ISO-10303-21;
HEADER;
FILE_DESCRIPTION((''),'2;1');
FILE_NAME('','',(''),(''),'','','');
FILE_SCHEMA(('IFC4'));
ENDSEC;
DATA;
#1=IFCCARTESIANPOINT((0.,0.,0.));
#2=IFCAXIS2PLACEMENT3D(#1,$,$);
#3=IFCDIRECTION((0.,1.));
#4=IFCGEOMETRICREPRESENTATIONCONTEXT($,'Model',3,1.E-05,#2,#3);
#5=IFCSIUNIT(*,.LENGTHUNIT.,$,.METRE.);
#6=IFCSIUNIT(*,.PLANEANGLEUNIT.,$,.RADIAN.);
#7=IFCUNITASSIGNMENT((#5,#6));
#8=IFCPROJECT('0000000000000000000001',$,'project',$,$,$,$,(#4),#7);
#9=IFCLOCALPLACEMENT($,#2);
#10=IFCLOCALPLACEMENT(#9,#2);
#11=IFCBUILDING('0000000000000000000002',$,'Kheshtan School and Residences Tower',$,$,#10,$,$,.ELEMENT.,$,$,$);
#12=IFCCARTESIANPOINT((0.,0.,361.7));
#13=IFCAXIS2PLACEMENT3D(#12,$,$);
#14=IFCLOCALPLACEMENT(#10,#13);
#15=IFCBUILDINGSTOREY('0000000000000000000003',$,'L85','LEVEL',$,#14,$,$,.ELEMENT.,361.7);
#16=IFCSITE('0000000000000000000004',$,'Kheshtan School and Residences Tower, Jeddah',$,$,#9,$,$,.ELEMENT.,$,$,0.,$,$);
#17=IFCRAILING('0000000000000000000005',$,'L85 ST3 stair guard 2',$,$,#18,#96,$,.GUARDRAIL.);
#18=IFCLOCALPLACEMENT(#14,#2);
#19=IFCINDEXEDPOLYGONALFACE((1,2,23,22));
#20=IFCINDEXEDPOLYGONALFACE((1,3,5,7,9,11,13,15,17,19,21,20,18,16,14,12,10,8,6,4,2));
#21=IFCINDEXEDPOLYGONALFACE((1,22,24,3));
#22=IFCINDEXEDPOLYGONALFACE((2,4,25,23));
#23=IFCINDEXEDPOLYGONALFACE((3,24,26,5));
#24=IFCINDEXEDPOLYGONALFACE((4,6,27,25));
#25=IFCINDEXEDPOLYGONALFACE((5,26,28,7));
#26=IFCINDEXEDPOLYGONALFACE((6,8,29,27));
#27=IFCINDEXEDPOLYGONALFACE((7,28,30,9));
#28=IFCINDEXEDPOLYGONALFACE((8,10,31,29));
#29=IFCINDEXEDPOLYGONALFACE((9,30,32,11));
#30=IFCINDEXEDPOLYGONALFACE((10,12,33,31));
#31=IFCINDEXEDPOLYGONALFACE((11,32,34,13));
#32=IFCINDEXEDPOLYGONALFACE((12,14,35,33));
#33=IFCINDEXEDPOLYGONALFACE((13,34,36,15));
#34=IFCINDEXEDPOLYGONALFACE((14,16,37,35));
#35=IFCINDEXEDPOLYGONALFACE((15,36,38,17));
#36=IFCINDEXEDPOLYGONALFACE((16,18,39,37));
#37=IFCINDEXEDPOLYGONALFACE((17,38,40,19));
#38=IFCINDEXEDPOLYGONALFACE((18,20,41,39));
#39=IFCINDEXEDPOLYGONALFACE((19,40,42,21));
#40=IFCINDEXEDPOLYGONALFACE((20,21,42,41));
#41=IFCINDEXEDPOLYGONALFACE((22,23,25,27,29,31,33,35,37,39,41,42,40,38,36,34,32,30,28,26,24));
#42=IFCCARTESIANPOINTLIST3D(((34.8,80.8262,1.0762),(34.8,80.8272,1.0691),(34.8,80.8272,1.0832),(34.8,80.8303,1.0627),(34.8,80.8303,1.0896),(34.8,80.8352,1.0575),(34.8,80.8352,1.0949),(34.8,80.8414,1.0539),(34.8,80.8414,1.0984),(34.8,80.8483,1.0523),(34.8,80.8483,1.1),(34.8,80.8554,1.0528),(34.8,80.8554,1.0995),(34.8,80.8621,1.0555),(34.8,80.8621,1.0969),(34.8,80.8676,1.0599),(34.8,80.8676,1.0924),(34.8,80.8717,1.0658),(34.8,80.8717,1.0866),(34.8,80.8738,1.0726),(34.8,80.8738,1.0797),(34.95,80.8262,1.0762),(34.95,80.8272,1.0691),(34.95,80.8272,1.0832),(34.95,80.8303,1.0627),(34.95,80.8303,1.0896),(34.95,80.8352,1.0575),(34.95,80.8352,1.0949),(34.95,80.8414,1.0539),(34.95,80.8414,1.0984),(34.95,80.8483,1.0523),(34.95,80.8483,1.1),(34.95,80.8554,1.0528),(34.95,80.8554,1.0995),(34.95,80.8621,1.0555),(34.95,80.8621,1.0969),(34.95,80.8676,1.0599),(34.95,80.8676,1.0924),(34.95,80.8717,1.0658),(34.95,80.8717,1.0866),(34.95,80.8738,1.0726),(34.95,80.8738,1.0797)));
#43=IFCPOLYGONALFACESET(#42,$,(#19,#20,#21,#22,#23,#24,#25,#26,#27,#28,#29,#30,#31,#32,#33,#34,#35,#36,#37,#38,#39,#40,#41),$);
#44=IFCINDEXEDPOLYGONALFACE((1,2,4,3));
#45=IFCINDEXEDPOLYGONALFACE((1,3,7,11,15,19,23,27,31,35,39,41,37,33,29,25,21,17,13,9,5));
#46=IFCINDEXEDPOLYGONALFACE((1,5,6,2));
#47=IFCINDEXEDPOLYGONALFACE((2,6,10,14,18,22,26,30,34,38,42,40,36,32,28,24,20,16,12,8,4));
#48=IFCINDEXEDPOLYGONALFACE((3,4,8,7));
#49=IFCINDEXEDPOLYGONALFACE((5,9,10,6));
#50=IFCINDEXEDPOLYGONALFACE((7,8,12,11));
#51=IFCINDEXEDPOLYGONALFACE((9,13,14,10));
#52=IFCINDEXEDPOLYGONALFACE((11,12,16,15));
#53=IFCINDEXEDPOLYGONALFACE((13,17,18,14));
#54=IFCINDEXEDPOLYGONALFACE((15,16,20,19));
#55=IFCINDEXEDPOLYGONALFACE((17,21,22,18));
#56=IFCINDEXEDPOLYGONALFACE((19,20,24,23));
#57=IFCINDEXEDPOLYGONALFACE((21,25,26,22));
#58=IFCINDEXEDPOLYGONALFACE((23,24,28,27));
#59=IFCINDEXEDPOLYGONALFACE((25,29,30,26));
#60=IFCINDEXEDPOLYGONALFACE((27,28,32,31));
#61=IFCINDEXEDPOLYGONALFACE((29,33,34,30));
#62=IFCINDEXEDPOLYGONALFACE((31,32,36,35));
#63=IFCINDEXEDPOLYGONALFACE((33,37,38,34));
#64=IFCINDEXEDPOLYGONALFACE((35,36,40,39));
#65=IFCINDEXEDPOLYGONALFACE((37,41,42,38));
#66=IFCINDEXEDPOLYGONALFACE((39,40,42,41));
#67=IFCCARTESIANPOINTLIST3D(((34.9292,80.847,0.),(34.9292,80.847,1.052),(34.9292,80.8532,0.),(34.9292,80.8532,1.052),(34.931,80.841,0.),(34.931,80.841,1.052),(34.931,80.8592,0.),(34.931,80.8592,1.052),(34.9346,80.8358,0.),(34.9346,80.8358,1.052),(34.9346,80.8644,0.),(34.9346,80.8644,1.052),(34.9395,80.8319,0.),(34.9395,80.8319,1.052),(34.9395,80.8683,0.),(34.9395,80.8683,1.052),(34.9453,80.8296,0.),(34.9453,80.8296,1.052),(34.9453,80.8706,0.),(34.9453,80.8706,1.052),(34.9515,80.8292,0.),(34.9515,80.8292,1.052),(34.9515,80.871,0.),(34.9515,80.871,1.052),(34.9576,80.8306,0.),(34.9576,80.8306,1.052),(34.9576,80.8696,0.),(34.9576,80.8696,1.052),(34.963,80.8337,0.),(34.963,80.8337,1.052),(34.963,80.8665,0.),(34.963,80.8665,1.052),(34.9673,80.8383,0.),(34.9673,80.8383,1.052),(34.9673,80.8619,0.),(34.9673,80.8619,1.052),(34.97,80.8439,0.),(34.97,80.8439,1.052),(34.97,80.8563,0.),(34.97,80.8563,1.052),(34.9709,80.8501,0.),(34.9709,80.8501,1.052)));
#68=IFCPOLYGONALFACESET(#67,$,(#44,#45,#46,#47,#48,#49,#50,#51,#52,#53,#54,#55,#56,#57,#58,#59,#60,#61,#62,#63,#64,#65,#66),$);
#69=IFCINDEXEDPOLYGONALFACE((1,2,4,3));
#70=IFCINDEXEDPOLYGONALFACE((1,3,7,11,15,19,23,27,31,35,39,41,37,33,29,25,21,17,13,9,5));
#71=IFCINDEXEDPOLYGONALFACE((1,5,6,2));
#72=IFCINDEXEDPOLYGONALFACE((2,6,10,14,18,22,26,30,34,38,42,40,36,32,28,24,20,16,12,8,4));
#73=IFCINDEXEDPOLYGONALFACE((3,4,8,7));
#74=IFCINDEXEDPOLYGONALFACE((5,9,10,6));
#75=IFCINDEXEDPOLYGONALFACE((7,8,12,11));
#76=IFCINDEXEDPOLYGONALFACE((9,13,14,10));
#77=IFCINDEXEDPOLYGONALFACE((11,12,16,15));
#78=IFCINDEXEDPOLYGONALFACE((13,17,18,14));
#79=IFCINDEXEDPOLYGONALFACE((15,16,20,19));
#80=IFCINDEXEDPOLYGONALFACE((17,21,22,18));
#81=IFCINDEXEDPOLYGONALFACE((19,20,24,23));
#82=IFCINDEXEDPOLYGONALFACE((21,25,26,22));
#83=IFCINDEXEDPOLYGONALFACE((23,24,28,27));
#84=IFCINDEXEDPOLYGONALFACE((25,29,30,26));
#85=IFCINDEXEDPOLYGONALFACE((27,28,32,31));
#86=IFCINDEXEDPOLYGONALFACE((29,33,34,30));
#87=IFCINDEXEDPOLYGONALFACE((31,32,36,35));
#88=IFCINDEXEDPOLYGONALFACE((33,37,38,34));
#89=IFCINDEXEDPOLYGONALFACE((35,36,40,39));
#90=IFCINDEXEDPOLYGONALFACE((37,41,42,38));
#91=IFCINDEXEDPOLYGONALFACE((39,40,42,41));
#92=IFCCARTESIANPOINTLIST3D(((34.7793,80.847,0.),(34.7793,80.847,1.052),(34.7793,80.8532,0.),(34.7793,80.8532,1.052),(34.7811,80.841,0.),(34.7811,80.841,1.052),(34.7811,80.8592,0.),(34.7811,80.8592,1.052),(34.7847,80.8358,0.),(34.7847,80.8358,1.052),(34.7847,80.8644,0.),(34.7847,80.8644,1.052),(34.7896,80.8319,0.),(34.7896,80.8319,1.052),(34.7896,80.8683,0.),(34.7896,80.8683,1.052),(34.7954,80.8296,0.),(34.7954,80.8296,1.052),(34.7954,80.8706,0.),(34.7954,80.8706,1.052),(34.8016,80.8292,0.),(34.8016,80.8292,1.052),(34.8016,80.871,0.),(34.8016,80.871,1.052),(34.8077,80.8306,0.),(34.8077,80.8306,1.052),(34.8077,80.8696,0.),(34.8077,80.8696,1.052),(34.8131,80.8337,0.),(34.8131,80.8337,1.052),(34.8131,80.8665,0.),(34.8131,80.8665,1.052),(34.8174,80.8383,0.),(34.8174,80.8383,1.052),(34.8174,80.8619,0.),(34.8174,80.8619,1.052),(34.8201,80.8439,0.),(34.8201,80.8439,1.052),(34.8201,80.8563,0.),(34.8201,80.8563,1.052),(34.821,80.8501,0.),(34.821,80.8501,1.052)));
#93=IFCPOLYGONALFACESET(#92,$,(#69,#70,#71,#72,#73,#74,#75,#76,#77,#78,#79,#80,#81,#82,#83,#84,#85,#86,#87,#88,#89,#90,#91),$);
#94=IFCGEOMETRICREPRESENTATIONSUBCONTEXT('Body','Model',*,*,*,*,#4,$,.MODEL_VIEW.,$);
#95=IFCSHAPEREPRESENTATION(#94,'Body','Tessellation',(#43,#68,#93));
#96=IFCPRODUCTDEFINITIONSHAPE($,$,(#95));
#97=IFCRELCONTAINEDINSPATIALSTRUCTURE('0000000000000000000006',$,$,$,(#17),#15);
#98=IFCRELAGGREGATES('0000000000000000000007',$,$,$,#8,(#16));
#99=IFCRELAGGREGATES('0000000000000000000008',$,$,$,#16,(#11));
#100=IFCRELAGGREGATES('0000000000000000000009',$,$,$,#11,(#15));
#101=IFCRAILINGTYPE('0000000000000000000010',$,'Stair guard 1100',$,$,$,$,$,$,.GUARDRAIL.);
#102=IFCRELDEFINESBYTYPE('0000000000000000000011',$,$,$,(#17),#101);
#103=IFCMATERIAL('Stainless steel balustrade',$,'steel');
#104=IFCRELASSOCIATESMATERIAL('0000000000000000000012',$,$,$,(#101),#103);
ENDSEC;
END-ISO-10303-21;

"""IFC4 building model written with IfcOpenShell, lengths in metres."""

from ifc_helpers import new_model, si_unit, direction, frame, origin, origin_2d, place, context, subcontext, project, spatial, circle, extrude, material, type_object, element, save


model = new_model("IFC4")

# Units and contexts
model_context = context("Model", 3, precision=1e-05, world=origin(), true_north=direction((0.0, 1.0)))
body_context = subcontext(model_context, "Body", "Model", "MODEL_VIEW")
ifc_project = project(units=[si_unit("LENGTHUNIT", "METRE"), si_unit("PLANEANGLEUNIT", "RADIAN")], contexts=[model_context])

# Site, building, storey
site_placement = place(None, origin())
site = spatial("IfcSite", under=ifc_project, at=site_placement, Name="Kheshtan School and Residences Tower, Jeddah", CompositionType="ELEMENT", RefElevation=0.0)
building_placement = place(site_placement, origin())
building = spatial("IfcBuilding", under=site, at=building_placement, Name="Kheshtan School and Residences Tower", CompositionType="ELEMENT")
storey_placement = place(building_placement, frame((0.0, 0.0, 361.7)))
storey = spatial("IfcBuildingStorey", under=building, at=storey_placement, Name="L85", Description="LEVEL", CompositionType="ELEMENT", Elevation=361.7)

# Railing
ifc_material_1 = material(Name="Stainless steel balustrade", Category="steel")
railing_type_1 = type_object("IfcRailingType", Name="Stair guard 1100", PredefinedType="GUARDRAIL", material=ifc_material_1)
railing_1_placement = place(storey_placement, frame((34.95, 80.8501, 0.0)))
element("IfcRailing", 1, at=railing_1_placement, inside=storey, type_object=railing_type_1, Name="L85 ST3 stair guard 2", PredefinedType="GUARDRAIL", context=body_context, shape_type="SweptSolid", body=[
    extrude(circle(Radius=0.0239, at=origin_2d()), frame((0.0, 0.0, 1.0762), z_axis=(-1.0, 0.0, 0.0), x_axis=(0.0, -1.0, 0.0)), (0.0, 0.0, 1.0), 0.1499),
    extrude(circle(Radius=0.021, at=origin_2d()), origin(), (0.0, 0.0, 1.0), 1.052),
    extrude(circle(Radius=0.021, at=origin_2d()), frame((-0.1499, 0.0, 0.0)), (0.0, 0.0, 1.0), 1.052),
])

save(model, "model.ifc")
